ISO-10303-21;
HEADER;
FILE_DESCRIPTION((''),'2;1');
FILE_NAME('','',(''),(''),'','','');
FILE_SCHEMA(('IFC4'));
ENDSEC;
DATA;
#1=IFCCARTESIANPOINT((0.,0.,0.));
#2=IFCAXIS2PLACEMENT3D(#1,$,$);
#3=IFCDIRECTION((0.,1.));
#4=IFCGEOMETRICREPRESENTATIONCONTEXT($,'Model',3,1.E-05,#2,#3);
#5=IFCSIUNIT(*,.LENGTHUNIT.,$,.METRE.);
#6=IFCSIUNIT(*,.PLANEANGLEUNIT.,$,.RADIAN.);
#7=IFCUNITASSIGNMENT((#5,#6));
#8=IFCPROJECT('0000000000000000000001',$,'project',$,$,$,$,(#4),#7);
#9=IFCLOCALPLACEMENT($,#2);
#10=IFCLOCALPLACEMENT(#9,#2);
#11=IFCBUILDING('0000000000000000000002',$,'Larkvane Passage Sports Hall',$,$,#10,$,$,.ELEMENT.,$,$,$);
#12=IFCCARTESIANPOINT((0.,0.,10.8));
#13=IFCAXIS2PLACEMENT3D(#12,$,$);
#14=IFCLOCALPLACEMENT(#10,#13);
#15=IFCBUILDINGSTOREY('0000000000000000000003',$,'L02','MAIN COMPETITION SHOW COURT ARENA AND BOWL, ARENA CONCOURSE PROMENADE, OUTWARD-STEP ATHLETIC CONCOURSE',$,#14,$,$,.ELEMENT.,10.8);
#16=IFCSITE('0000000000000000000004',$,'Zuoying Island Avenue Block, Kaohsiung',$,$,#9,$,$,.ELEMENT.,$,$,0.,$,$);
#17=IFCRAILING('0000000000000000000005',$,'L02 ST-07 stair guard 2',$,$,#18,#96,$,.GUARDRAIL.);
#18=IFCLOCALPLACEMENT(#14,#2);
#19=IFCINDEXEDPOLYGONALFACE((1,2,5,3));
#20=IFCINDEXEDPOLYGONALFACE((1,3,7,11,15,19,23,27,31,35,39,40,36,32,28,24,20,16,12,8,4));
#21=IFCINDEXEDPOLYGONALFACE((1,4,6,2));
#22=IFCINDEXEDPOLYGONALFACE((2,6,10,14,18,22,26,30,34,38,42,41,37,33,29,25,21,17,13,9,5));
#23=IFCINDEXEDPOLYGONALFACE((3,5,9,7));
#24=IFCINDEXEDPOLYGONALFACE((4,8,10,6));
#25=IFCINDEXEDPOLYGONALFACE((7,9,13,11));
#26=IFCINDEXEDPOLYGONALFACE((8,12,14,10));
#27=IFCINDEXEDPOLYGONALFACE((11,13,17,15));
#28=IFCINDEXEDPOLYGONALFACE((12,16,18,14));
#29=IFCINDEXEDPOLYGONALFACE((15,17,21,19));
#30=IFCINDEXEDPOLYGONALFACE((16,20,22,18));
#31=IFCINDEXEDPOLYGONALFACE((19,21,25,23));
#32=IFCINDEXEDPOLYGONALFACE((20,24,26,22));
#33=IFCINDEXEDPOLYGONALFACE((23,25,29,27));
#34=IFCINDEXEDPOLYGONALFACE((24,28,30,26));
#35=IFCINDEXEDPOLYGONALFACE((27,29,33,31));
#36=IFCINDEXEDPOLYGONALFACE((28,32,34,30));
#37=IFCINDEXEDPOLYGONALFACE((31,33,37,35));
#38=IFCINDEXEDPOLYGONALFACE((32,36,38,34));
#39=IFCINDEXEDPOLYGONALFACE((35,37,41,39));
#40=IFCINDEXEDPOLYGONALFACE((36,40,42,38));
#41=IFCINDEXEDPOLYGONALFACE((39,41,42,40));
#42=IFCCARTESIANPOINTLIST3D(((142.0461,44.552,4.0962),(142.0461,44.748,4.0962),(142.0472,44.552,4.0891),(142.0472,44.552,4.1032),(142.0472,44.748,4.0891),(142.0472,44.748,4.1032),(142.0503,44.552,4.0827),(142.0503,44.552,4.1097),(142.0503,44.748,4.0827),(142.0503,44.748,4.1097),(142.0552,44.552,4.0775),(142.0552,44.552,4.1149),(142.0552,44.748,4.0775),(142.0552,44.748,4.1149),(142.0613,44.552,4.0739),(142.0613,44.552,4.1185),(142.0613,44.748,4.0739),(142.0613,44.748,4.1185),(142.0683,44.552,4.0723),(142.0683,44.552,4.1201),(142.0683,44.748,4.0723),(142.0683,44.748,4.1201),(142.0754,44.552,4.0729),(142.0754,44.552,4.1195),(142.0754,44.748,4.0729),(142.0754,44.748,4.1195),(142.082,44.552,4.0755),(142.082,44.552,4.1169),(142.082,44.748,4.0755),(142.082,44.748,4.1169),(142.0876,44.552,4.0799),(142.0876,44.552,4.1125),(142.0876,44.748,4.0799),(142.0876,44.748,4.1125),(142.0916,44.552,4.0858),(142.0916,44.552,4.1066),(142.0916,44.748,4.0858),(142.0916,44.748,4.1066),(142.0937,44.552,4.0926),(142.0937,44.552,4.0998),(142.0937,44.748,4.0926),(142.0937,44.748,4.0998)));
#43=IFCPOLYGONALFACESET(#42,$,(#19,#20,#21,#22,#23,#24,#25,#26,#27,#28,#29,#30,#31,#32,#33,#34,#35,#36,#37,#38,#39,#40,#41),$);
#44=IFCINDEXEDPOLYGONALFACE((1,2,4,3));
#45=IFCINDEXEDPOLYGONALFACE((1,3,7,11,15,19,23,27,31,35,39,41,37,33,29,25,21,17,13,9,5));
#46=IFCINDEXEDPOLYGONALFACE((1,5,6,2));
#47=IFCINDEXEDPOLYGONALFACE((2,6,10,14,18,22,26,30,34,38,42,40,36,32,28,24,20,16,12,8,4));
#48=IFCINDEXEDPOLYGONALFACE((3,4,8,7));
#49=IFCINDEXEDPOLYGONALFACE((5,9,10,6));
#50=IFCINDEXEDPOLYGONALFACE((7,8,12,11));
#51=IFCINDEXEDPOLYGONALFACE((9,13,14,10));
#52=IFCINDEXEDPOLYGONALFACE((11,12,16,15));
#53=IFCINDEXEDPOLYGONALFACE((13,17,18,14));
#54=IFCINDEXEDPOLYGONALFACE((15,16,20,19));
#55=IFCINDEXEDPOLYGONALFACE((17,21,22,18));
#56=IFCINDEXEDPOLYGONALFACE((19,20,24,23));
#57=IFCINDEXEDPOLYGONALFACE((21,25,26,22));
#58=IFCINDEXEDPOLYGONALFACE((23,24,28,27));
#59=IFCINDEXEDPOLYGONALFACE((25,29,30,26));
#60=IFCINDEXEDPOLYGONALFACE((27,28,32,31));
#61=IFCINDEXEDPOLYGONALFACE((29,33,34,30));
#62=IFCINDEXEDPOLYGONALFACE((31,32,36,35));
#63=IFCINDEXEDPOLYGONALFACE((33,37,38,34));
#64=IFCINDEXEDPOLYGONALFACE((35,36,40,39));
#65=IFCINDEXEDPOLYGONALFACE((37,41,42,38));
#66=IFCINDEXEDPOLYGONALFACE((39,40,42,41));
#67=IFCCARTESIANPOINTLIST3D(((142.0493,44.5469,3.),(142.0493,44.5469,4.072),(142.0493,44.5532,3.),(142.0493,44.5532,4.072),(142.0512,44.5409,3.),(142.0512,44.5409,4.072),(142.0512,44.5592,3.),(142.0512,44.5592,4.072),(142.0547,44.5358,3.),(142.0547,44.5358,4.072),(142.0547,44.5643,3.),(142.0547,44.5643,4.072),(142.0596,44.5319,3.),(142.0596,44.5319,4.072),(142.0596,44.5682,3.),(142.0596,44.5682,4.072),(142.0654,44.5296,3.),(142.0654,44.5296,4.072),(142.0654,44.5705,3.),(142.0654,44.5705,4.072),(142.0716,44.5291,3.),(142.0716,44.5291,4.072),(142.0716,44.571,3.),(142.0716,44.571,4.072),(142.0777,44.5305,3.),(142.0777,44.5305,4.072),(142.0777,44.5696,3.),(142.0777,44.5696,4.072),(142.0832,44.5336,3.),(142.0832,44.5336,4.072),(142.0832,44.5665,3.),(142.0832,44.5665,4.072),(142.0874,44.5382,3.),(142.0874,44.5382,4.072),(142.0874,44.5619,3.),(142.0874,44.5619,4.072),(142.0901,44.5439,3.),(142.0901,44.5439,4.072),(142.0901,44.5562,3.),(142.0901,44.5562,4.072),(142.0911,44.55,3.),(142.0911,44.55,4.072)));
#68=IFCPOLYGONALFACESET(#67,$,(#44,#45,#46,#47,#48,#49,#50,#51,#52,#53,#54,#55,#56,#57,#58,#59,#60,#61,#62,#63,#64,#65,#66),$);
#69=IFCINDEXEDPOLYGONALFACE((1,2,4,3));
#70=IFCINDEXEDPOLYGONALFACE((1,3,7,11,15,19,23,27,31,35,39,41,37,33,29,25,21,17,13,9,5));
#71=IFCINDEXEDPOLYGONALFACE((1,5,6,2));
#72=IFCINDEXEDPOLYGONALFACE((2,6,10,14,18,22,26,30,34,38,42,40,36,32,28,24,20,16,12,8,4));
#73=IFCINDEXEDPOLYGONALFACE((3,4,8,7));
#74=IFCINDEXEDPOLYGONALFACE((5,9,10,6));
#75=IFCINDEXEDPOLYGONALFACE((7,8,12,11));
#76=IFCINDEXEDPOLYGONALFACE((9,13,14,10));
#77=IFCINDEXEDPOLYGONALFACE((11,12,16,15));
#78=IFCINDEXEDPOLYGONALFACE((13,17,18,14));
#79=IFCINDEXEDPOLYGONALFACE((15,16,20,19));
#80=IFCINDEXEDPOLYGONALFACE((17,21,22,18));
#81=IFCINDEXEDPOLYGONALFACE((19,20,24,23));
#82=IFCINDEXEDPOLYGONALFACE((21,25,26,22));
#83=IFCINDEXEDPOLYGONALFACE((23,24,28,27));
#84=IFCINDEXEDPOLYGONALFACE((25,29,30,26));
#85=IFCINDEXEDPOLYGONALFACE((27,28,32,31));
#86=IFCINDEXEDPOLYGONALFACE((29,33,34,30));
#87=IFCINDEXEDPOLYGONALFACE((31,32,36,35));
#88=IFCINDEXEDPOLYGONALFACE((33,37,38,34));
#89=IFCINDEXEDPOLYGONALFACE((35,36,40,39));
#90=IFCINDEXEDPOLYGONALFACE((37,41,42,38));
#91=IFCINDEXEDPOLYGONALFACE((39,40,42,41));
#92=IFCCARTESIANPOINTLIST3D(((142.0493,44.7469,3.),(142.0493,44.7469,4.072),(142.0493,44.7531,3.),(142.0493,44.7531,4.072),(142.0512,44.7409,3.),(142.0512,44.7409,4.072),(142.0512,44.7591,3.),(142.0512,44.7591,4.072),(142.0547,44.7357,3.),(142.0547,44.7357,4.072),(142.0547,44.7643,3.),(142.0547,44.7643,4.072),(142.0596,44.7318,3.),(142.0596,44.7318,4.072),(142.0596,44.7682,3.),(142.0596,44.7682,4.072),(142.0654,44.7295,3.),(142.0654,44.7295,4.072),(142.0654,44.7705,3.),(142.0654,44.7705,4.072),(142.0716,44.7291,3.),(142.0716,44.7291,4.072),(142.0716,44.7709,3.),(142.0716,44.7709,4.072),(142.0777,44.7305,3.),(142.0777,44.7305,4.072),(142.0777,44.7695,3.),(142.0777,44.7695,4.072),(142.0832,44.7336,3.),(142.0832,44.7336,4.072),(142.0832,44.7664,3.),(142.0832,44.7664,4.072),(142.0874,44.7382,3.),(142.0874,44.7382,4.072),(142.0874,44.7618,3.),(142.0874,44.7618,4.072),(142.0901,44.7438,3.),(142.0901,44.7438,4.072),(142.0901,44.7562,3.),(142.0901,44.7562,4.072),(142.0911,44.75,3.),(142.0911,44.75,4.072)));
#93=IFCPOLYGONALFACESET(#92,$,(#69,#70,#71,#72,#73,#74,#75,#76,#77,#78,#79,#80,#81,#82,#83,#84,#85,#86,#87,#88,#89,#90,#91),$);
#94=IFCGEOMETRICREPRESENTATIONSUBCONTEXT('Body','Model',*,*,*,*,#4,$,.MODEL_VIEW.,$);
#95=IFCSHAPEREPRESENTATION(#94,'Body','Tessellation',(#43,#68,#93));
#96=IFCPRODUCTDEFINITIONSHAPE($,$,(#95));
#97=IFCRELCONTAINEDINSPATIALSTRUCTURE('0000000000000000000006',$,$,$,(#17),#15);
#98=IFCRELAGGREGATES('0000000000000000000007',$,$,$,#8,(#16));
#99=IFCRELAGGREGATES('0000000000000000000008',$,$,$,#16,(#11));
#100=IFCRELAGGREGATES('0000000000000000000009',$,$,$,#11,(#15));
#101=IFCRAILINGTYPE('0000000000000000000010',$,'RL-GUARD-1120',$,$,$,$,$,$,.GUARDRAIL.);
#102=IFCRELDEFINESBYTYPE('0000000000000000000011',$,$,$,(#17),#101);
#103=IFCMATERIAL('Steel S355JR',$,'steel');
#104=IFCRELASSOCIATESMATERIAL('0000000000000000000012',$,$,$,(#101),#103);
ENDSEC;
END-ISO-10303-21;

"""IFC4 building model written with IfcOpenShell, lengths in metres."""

from ifc_helpers import new_model, si_unit, direction, frame, origin, origin_2d, place, context, subcontext, project, spatial, circle, extrude, material, type_object, element, save


model = new_model("IFC4")

# Units and contexts
model_context = context("Model", 3, precision=1e-05, world=origin(), true_north=direction((0.0, 1.0)))
body_context = subcontext(model_context, "Body", "Model", "MODEL_VIEW")
ifc_project = project(units=[si_unit("LENGTHUNIT", "METRE"), si_unit("PLANEANGLEUNIT", "RADIAN")], contexts=[model_context])

# Site, building, storey
site_placement = place(None, origin())
site = spatial("IfcSite", under=ifc_project, at=site_placement, Name="Zuoying Island Avenue Block, Kaohsiung", CompositionType="ELEMENT", RefElevation=0.0)
building_placement = place(site_placement, origin())
building = spatial("IfcBuilding", under=site, at=building_placement, Name="Larkvane Passage Sports Hall", CompositionType="ELEMENT")
storey_placement = place(building_placement, frame((0.0, 0.0, 10.8)))
storey = spatial("IfcBuildingStorey", under=building, at=storey_placement, Name="L02", Description="MAIN COMPETITION SHOW COURT ARENA AND BOWL, ARENA CONCOURSE PROMENADE, OUTWARD-STEP ATHLETIC CONCOURSE", CompositionType="ELEMENT", Elevation=10.8)

# Shared definitions
ifc_material_1 = material(Name="Steel S355JR", Category="steel")

# Railing
railing_type = type_object("IfcRailingType", Name="RL-GUARD-1120", PredefinedType="GUARDRAIL", material=ifc_material_1)
railing_1_placement = place(storey_placement, frame((142.0701, 44.55, 3.0)))
element("IfcRailing", 1, at=railing_1_placement, inside=storey, type_object=railing_type, Name="L02 ST-07 stair guard 2", PredefinedType="GUARDRAIL", context=body_context, shape_type="SweptSolid", body=[
    extrude(circle(Radius=0.0239, at=origin_2d()), frame((0.0, 0.002, 1.0962), z_axis=(0.0, 1.0, 0.0), x_axis=(-1.0, 0.0, 0.0)), (0.0, 0.0, 1.0), 0.196),
    extrude(circle(Radius=0.021, at=origin_2d()), origin(), (0.0, 0.0, 1.0), 1.072),
    extrude(circle(Radius=0.021, at=origin_2d()), frame((0.0, 0.2, 0.0)), (0.0, 0.0, 1.0), 1.072),
])

save(model, "model.ifc")
